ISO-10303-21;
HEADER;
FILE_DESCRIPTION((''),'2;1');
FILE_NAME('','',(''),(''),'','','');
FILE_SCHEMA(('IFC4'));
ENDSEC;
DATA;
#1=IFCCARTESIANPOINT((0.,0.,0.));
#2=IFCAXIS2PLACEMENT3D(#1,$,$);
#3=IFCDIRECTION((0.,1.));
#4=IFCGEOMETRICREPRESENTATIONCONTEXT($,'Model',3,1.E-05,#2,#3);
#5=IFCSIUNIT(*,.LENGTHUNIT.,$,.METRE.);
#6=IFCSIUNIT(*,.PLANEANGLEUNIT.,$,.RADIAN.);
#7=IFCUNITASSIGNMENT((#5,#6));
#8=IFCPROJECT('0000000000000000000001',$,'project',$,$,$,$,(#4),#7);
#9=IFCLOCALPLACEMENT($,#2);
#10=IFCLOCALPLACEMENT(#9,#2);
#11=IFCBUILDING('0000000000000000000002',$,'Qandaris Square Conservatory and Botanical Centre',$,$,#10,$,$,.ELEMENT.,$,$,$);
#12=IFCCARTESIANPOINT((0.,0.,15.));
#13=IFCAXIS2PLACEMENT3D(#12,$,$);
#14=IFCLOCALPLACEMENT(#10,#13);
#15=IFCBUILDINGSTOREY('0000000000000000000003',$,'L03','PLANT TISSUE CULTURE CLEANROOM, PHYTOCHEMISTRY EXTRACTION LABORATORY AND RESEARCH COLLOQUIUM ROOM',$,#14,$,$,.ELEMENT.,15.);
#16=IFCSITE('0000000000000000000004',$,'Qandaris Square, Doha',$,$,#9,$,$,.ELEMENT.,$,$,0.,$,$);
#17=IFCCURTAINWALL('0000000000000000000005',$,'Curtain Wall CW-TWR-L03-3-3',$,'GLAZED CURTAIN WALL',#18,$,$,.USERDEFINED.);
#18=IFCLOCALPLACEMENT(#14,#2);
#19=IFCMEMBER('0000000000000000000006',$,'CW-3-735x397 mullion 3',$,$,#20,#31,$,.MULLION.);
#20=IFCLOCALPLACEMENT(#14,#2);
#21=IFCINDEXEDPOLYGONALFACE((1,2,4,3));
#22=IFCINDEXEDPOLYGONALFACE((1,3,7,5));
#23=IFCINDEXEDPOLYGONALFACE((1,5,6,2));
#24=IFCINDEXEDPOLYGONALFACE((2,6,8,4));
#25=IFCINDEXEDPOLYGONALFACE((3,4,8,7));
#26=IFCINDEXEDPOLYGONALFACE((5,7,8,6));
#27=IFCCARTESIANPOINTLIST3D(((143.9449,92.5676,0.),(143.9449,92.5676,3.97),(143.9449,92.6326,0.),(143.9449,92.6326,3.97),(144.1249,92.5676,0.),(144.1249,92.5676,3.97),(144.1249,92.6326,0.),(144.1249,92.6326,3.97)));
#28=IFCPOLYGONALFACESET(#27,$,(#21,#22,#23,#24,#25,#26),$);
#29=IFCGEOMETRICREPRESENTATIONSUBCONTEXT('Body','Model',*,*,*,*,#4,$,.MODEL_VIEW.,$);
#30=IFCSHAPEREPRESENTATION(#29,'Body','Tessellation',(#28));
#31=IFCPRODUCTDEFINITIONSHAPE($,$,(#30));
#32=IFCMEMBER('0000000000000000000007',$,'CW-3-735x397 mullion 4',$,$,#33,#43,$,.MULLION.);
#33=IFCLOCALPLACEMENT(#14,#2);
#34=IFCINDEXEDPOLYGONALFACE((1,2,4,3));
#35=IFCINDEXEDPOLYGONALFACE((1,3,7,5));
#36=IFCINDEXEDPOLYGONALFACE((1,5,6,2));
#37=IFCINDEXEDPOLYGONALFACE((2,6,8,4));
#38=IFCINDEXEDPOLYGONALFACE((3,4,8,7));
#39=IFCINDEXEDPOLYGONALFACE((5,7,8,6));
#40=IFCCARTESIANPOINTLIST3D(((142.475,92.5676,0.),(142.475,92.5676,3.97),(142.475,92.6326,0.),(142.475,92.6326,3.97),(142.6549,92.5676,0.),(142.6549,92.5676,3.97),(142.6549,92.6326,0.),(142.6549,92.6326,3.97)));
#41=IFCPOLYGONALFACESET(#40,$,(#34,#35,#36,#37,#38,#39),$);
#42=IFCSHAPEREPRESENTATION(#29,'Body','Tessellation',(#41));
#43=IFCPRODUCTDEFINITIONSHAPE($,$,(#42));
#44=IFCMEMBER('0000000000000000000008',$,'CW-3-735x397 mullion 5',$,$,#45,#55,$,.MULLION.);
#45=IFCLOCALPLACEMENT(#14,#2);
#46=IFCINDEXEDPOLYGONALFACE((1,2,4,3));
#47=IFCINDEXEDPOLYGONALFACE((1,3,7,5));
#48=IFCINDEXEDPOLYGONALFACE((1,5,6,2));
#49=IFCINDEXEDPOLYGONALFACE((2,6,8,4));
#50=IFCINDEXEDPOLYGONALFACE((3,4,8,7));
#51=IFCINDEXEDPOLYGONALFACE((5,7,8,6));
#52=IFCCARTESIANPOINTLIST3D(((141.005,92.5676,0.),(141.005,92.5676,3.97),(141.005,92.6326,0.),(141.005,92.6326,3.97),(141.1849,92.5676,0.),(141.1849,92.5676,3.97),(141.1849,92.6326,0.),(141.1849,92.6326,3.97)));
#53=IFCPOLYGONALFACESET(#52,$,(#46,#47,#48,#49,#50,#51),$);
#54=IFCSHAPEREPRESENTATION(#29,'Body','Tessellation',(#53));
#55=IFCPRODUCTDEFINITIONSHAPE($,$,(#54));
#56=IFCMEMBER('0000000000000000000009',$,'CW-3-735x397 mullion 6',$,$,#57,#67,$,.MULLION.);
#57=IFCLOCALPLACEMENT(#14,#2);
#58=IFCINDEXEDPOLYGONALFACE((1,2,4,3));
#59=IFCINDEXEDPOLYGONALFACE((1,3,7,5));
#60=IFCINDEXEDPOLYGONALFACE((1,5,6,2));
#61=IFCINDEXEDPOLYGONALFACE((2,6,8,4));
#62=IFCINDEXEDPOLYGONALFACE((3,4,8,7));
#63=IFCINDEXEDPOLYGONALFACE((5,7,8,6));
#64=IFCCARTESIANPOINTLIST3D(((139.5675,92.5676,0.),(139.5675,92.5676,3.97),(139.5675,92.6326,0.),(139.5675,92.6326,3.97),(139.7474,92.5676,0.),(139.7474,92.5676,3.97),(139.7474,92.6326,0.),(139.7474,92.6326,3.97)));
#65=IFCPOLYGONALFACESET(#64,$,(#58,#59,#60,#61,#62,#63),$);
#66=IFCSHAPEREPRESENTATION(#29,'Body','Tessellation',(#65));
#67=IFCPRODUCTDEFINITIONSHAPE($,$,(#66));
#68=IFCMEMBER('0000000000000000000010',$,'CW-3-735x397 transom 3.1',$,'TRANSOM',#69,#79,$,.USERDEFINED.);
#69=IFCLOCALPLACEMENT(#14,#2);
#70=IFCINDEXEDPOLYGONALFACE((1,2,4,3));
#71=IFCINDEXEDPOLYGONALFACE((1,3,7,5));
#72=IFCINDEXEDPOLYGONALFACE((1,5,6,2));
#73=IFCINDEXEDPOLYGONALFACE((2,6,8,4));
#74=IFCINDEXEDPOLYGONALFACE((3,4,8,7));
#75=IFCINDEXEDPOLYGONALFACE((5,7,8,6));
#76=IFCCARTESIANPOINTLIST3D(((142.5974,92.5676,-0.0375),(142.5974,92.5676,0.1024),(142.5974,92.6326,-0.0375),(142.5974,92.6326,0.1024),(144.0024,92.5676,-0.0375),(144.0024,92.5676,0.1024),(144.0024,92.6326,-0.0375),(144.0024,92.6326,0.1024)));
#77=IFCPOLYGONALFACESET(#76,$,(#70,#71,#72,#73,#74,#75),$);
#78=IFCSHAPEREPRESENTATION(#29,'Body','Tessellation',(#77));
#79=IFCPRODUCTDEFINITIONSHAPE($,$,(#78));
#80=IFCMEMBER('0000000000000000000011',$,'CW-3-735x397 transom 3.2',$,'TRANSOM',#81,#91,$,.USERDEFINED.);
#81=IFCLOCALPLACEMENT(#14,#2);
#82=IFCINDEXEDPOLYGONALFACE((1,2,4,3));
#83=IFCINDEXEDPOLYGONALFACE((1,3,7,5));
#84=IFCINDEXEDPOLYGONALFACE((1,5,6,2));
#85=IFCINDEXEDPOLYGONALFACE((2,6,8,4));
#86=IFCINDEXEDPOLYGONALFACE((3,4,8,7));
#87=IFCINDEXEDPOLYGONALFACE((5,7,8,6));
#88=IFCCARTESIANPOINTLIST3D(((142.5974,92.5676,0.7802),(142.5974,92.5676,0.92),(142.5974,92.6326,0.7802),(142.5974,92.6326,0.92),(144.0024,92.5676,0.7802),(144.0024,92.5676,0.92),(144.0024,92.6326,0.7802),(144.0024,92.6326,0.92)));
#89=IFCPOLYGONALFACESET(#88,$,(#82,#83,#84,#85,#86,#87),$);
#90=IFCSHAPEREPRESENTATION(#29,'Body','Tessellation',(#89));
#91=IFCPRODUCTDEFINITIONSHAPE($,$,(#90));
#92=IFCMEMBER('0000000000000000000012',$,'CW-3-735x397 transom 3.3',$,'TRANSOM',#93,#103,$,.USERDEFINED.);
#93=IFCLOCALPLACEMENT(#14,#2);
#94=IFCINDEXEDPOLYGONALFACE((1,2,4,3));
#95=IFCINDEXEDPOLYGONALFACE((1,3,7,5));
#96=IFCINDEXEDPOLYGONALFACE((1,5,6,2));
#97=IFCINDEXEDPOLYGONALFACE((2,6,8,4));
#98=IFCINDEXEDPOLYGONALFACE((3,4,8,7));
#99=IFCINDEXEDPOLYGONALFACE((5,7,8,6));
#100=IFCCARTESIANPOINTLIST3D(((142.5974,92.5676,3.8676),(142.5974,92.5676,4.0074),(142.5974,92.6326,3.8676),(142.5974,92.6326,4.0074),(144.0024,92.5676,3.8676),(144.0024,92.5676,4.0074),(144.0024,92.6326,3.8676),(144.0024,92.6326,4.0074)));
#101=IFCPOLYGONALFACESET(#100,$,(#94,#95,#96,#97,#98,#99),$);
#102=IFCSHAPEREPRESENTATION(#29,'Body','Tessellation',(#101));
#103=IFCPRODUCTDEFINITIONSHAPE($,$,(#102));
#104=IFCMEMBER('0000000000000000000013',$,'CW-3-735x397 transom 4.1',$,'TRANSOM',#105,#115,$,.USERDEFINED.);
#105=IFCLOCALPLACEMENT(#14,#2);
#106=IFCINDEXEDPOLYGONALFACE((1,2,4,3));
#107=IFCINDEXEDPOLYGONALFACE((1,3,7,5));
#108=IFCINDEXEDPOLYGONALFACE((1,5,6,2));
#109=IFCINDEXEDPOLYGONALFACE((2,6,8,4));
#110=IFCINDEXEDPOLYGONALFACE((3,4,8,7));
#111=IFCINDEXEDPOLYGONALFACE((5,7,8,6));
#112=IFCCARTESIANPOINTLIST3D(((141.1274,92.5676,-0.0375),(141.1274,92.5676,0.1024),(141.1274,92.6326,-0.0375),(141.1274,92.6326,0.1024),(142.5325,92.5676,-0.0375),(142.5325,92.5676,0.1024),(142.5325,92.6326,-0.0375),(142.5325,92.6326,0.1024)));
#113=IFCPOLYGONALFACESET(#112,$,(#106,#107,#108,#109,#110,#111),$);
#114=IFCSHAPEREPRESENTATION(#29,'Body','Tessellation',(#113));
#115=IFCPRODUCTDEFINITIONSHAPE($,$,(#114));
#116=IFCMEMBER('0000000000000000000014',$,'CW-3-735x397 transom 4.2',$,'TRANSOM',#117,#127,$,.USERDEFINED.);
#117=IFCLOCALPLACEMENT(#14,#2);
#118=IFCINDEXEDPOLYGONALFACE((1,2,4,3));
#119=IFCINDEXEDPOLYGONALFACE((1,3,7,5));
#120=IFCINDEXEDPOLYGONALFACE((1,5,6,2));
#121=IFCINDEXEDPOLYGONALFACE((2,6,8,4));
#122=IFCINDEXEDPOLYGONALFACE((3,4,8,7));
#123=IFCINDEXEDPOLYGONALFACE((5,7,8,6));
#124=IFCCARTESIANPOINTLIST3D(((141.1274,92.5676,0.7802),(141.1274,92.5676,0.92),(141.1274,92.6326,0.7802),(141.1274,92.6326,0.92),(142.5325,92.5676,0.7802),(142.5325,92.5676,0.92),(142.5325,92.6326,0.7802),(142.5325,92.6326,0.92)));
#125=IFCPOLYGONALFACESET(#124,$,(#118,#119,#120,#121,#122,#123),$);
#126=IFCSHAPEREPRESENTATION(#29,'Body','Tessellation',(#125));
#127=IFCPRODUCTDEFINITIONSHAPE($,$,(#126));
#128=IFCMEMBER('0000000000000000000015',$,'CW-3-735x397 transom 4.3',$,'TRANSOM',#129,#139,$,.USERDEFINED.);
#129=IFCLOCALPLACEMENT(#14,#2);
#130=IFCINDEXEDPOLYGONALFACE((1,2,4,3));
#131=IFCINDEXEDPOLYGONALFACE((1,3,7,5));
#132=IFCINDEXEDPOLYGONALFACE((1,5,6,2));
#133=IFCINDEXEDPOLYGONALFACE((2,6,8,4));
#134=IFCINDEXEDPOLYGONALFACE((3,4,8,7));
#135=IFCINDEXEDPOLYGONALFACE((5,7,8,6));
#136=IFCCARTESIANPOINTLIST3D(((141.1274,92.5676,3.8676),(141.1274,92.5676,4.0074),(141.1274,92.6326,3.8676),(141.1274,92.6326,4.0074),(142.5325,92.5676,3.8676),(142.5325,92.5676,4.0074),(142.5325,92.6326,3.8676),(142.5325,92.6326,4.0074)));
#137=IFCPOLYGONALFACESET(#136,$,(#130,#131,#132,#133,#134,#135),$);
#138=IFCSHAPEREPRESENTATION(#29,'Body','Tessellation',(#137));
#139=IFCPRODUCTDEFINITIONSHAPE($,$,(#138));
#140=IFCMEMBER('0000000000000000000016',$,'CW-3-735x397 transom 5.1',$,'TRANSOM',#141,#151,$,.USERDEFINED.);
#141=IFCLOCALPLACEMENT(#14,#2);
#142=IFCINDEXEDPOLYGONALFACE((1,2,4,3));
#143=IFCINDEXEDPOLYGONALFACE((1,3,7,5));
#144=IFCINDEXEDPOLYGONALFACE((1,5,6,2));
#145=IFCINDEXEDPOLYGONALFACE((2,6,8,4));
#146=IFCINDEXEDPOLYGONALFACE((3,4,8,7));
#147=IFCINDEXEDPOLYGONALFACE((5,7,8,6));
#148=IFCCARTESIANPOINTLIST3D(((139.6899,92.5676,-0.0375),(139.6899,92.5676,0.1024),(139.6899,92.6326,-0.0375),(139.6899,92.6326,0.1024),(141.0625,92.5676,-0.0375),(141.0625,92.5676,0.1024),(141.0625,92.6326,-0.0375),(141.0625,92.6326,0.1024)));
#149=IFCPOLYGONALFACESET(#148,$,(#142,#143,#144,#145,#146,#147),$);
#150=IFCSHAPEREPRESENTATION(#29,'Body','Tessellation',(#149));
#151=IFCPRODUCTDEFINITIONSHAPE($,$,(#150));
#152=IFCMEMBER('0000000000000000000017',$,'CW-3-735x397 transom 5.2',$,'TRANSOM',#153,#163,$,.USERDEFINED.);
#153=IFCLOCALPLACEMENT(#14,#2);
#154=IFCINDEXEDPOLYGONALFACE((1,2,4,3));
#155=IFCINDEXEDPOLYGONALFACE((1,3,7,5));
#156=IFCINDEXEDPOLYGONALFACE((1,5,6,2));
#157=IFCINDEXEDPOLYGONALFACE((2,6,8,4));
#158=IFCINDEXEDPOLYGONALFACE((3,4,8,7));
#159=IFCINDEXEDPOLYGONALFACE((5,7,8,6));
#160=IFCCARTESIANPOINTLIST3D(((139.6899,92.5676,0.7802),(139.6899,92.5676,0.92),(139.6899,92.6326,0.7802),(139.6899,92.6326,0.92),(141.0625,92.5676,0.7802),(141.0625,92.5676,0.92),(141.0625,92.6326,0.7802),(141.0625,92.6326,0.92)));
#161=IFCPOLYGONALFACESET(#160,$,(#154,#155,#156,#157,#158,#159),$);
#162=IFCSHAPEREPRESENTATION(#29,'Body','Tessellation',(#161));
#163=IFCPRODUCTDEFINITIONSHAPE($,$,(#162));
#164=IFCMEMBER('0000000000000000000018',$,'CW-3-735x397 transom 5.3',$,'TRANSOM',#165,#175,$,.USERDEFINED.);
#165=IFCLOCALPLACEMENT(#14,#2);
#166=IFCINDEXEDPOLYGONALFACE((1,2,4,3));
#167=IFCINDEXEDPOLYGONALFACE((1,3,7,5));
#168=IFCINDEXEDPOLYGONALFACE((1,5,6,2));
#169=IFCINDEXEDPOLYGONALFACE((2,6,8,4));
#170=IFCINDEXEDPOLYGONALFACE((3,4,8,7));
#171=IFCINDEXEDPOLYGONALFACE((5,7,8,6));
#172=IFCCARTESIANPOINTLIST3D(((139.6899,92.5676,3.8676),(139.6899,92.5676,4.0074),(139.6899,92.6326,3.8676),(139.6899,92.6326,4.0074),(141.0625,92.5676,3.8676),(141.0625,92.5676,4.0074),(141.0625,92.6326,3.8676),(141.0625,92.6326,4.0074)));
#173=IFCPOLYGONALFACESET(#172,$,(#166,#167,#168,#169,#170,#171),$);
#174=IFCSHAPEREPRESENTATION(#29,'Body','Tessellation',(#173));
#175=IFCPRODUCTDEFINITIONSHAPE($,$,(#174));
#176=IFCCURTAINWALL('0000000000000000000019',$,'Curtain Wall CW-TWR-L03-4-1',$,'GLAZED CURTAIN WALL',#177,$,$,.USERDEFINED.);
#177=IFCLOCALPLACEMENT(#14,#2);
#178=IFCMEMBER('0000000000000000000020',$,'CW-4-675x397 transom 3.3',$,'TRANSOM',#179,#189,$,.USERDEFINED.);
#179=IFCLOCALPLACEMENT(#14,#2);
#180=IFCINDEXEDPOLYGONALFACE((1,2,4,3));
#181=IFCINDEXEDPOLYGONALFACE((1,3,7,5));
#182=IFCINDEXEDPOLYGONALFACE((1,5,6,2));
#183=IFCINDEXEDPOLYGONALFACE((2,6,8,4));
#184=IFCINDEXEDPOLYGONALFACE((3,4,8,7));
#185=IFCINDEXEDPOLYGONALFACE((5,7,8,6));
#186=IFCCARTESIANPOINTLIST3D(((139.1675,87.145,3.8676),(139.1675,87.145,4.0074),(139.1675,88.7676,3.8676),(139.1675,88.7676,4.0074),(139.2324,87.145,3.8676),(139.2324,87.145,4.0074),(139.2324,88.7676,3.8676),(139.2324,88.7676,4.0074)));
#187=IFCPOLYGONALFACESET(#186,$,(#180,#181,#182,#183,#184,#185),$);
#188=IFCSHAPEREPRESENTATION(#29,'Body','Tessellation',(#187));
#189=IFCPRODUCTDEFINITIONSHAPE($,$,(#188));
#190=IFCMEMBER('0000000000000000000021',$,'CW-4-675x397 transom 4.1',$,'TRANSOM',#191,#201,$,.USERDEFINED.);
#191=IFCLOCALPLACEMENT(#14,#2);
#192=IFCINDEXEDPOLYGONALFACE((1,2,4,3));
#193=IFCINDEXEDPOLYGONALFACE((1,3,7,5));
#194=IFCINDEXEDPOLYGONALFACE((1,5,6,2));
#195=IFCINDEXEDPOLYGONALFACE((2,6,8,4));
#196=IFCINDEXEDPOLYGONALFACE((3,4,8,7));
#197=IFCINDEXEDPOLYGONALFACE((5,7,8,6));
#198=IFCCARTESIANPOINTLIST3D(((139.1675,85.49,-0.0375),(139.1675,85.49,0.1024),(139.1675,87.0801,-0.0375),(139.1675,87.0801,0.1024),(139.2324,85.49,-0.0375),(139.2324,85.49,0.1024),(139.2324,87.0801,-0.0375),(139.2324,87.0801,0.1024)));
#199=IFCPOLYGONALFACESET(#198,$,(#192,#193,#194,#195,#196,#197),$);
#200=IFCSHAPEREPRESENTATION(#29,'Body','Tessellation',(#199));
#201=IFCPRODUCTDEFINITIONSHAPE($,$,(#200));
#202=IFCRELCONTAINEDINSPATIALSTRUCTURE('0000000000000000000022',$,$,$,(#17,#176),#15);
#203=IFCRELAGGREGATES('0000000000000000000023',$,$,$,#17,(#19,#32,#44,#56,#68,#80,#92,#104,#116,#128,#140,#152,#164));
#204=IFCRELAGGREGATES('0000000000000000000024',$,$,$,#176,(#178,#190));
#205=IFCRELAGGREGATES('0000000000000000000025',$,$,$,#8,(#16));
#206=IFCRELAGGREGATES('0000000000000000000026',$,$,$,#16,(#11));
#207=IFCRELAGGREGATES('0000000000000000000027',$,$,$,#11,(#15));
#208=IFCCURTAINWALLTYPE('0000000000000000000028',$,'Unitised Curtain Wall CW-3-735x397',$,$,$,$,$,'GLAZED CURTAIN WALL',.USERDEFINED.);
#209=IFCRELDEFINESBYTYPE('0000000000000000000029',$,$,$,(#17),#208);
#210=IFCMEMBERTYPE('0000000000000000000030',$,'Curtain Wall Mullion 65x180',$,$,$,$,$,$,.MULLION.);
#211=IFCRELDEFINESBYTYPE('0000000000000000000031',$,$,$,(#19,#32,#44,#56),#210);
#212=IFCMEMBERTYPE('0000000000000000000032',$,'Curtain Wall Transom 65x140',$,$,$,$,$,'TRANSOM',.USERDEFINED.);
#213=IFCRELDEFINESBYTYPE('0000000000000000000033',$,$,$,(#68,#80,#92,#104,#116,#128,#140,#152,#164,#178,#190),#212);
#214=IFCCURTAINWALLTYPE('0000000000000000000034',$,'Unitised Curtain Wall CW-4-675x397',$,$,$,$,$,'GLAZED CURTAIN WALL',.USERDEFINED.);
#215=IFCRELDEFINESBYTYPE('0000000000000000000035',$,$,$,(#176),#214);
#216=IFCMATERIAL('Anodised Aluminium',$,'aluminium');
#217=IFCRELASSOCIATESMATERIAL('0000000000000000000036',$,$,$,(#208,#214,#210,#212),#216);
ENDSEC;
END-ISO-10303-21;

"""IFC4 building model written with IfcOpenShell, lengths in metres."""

from ifc_helpers import new_model, si_unit, direction, frame, origin, origin_2d, place, context, subcontext, project, spatial, rectangle, extrude, material, material_profile, profile_set, type_object, element, aggregate, save


model = new_model("IFC4")

# Units and contexts
model_context = context("Model", 3, precision=1e-05, world=origin(), true_north=direction((0.0, 1.0)))
body_context = subcontext(model_context, "Body", "Model", "MODEL_VIEW")
ifc_project = project(units=[si_unit("LENGTHUNIT", "METRE"), si_unit("PLANEANGLEUNIT", "RADIAN")], contexts=[model_context])

# Site, building, storey
site_placement = place(None, origin())
site = spatial("IfcSite", under=ifc_project, at=site_placement, Name="Qandaris Square, Doha", CompositionType="ELEMENT", RefElevation=0.0)
building_placement = place(site_placement, origin())
building = spatial("IfcBuilding", under=site, at=building_placement, Name="Qandaris Square Conservatory and Botanical Centre", CompositionType="ELEMENT")
storey_placement = place(building_placement, frame((0.0, 0.0, 15.0)))
storey = spatial("IfcBuildingStorey", under=building, at=storey_placement, Name="L03", Description="PLANT TISSUE CULTURE CLEANROOM, PHYTOCHEMISTRY EXTRACTION LABORATORY AND RESEARCH COLLOQUIUM ROOM", CompositionType="ELEMENT", Elevation=15.0)

# Curtain walls, members
ifc_material_1 = material(Name="Anodised Aluminium", Category="aluminium")
curtain_wall_type_1 = type_object("IfcCurtainWallType", Name="Unitised Curtain Wall CW-3-735x397", ElementType="GLAZED CURTAIN WALL", PredefinedType="USERDEFINED", material=ifc_material_1)
curtain_wall_1_placement = place(storey_placement, origin())
curtain_wall_1 = element("IfcCurtainWall", 1, at=curtain_wall_1_placement, inside=storey, type_object=curtain_wall_type_1, Name="Curtain Wall CW-TWR-L03-3-3", ObjectType="GLAZED CURTAIN WALL", PredefinedType="USERDEFINED")
ifc_material_profile_1 = material_profile(ifc_material_1, rectangle(XDim=0.0649, YDim=0.1799, at=origin_2d()), Name="ALU-MUL 65x180")
ifc_profile_set_1 = profile_set([ifc_material_profile_1], Name="Anodised Aluminium")
member_type_1 = type_object("IfcMemberType", Name="Curtain Wall Mullion 65x180", PredefinedType="MULLION", material=ifc_profile_set_1)
member_1_placement = place(storey_placement, frame((144.0349, 92.6001, 0.0), z_axis=(0.0, 0.0, 1.0), x_axis=(0.0, -1.0, 0.0)))
member_1 = element("IfcMember", 2, at=member_1_placement, type_object=member_type_1, Name="CW-3-735x397 mullion 3", PredefinedType="MULLION", context=body_context, shape_type="SweptSolid", body=[
    extrude(rectangle(XDim=0.0649, YDim=0.1799, at=origin_2d()), origin(), (0.0, 0.0, 1.0), 3.97),
])
member_2_placement = place(storey_placement, frame((142.5649, 92.6001, 0.0), z_axis=(0.0, 0.0, 1.0), x_axis=(0.0, -1.0, 0.0)))
member_2 = element("IfcMember", 3, at=member_2_placement, type_object=member_type_1, Name="CW-3-735x397 mullion 4", PredefinedType="MULLION", context=body_context, shape_type="SweptSolid", body=[
    extrude(rectangle(XDim=0.0649, YDim=0.1799, at=origin_2d()), origin(), (0.0, 0.0, 1.0), 3.97),
])
member_3_placement = place(storey_placement, frame((141.095, 92.6001, 0.0), z_axis=(0.0, 0.0, 1.0), x_axis=(0.0, -1.0, 0.0)))
member_3 = element("IfcMember", 4, at=member_3_placement, type_object=member_type_1, Name="CW-3-735x397 mullion 5", PredefinedType="MULLION", context=body_context, shape_type="SweptSolid", body=[
    extrude(rectangle(XDim=0.0649, YDim=0.1799, at=origin_2d()), origin(), (0.0, 0.0, 1.0), 3.97),
])
member_4_placement = place(storey_placement, frame((139.6575, 92.6001, 0.0), z_axis=(0.0, 0.0, 1.0), x_axis=(0.0, -1.0, 0.0)))
member_4 = element("IfcMember", 5, at=member_4_placement, type_object=member_type_1, Name="CW-3-735x397 mullion 6", PredefinedType="MULLION", context=body_context, shape_type="SweptSolid", body=[
    extrude(rectangle(XDim=0.0649, YDim=0.1799, at=origin_2d()), origin(), (0.0, 0.0, 1.0), 3.97),
])
ifc_material_profile_2 = material_profile(ifc_material_1, rectangle(XDim=0.0649, YDim=0.1399, at=origin_2d()), Name="ALU-TRN 65x140")
ifc_profile_set_2 = profile_set([ifc_material_profile_2], Name="Anodised Aluminium")
member_type_2 = type_object("IfcMemberType", Name="Curtain Wall Transom 65x140", ElementType="TRANSOM", PredefinedType="USERDEFINED", material=ifc_profile_set_2)
member_5_placement = place(storey_placement, frame((144.0024, 92.6001, 0.0325), z_axis=(-1.0, 0.0, 0.0), x_axis=(0.0, -1.0, 0.0)))
member_5 = element("IfcMember", 6, at=member_5_placement, type_object=member_type_2, Name="CW-3-735x397 transom 3.1", ObjectType="TRANSOM", PredefinedType="USERDEFINED", context=body_context, shape_type="SweptSolid", body=[
    extrude(rectangle(XDim=0.0649, YDim=0.1399, at=origin_2d()), origin(), (0.0, 0.0, 1.0), 1.405),
])
member_6_placement = place(storey_placement, frame((144.0024, 92.6001, 0.8501), z_axis=(-1.0, 0.0, 0.0), x_axis=(0.0, -1.0, 0.0)))
member_6 = element("IfcMember", 7, at=member_6_placement, type_object=member_type_2, Name="CW-3-735x397 transom 3.2", ObjectType="TRANSOM", PredefinedType="USERDEFINED", context=body_context, shape_type="SweptSolid", body=[
    extrude(rectangle(XDim=0.0649, YDim=0.1399, at=origin_2d()), origin(), (0.0, 0.0, 1.0), 1.405),
])
member_7_placement = place(storey_placement, frame((144.0024, 92.6001, 3.9375), z_axis=(-1.0, 0.0, 0.0), x_axis=(0.0, -1.0, 0.0)))
member_7 = element("IfcMember", 8, at=member_7_placement, type_object=member_type_2, Name="CW-3-735x397 transom 3.3", ObjectType="TRANSOM", PredefinedType="USERDEFINED", context=body_context, shape_type="SweptSolid", body=[
    extrude(rectangle(XDim=0.0649, YDim=0.1399, at=origin_2d()), origin(), (0.0, 0.0, 1.0), 1.405),
])
member_8_placement = place(storey_placement, frame((142.5325, 92.6001, 0.0325), z_axis=(-1.0, 0.0, 0.0), x_axis=(0.0, -1.0, 0.0)))
member_8 = element("IfcMember", 9, at=member_8_placement, type_object=member_type_2, Name="CW-3-735x397 transom 4.1", ObjectType="TRANSOM", PredefinedType="USERDEFINED", context=body_context, shape_type="SweptSolid", body=[
    extrude(rectangle(XDim=0.0649, YDim=0.1399, at=origin_2d()), origin(), (0.0, 0.0, 1.0), 1.405),
])
member_9_placement = place(storey_placement, frame((142.5325, 92.6001, 0.8501), z_axis=(-1.0, 0.0, 0.0), x_axis=(0.0, -1.0, 0.0)))
member_9 = element("IfcMember", 10, at=member_9_placement, type_object=member_type_2, Name="CW-3-735x397 transom 4.2", ObjectType="TRANSOM", PredefinedType="USERDEFINED", context=body_context, shape_type="SweptSolid", body=[
    extrude(rectangle(XDim=0.0649, YDim=0.1399, at=origin_2d()), origin(), (0.0, 0.0, 1.0), 1.405),
])
member_10_placement = place(storey_placement, frame((142.5325, 92.6001, 3.9375), z_axis=(-1.0, 0.0, 0.0), x_axis=(0.0, -1.0, 0.0)))
member_10 = element("IfcMember", 11, at=member_10_placement, type_object=member_type_2, Name="CW-3-735x397 transom 4.3", ObjectType="TRANSOM", PredefinedType="USERDEFINED", context=body_context, shape_type="SweptSolid", body=[
    extrude(rectangle(XDim=0.0649, YDim=0.1399, at=origin_2d()), origin(), (0.0, 0.0, 1.0), 1.405),
])
member_11_placement = place(storey_placement, frame((141.0625, 92.6001, 0.0325), z_axis=(-1.0, 0.0, 0.0), x_axis=(0.0, -1.0, 0.0)))
member_11 = element("IfcMember", 12, at=member_11_placement, type_object=member_type_2, Name="CW-3-735x397 transom 5.1", ObjectType="TRANSOM", PredefinedType="USERDEFINED", context=body_context, shape_type="SweptSolid", body=[
    extrude(rectangle(XDim=0.0649, YDim=0.1399, at=origin_2d()), origin(), (0.0, 0.0, 1.0), 1.3726),
])
member_12_placement = place(storey_placement, frame((141.0625, 92.6001, 0.8501), z_axis=(-1.0, 0.0, 0.0), x_axis=(0.0, -1.0, 0.0)))
member_12 = element("IfcMember", 13, at=member_12_placement, type_object=member_type_2, Name="CW-3-735x397 transom 5.2", ObjectType="TRANSOM", PredefinedType="USERDEFINED", context=body_context, shape_type="SweptSolid", body=[
    extrude(rectangle(XDim=0.0649, YDim=0.1399, at=origin_2d()), origin(), (0.0, 0.0, 1.0), 1.3726),
])
member_13_placement = place(storey_placement, frame((141.0625, 92.6001, 3.9375), z_axis=(-1.0, 0.0, 0.0), x_axis=(0.0, -1.0, 0.0)))
member_13 = element("IfcMember", 14, at=member_13_placement, type_object=member_type_2, Name="CW-3-735x397 transom 5.3", ObjectType="TRANSOM", PredefinedType="USERDEFINED", context=body_context, shape_type="SweptSolid", body=[
    extrude(rectangle(XDim=0.0649, YDim=0.1399, at=origin_2d()), origin(), (0.0, 0.0, 1.0), 1.3726),
])
curtain_wall_type_2 = type_object("IfcCurtainWallType", Name="Unitised Curtain Wall CW-4-675x397", ElementType="GLAZED CURTAIN WALL", PredefinedType="USERDEFINED", material=ifc_material_1)
curtain_wall_2_placement = place(storey_placement, origin())
curtain_wall_2 = element("IfcCurtainWall", 15, at=curtain_wall_2_placement, inside=storey, type_object=curtain_wall_type_2, Name="Curtain Wall CW-TWR-L03-4-1", ObjectType="GLAZED CURTAIN WALL", PredefinedType="USERDEFINED")
member_14_placement = place(storey_placement, frame((139.2, 88.7676, 3.9375), z_axis=(0.0, -1.0, 0.0), x_axis=(1.0, 0.0, 0.0)))
member_14 = element("IfcMember", 16, at=member_14_placement, type_object=member_type_2, Name="CW-4-675x397 transom 3.3", ObjectType="TRANSOM", PredefinedType="USERDEFINED", context=body_context, shape_type="SweptSolid", body=[
    extrude(rectangle(XDim=0.0649, YDim=0.1399, at=origin_2d()), origin(), (0.0, 0.0, 1.0), 1.6226),
])
member_15_placement = place(storey_placement, frame((139.2, 87.0801, 0.0325), z_axis=(0.0, -1.0, 0.0), x_axis=(1.0, 0.0, 0.0)))
member_15 = element("IfcMember", 17, at=member_15_placement, type_object=member_type_2, Name="CW-4-675x397 transom 4.1", ObjectType="TRANSOM", PredefinedType="USERDEFINED", context=body_context, shape_type="SweptSolid", body=[
    extrude(rectangle(XDim=0.0649, YDim=0.1399, at=origin_2d()), origin(), (0.0, 0.0, 1.0), 1.5901),
])

aggregate(curtain_wall_1, [member_1, member_2, member_3, member_4, member_5, member_6, member_7, member_8, member_9, member_10, member_11, member_12, member_13])
aggregate(curtain_wall_2, [member_14, member_15])

save(model, "model.ifc")
